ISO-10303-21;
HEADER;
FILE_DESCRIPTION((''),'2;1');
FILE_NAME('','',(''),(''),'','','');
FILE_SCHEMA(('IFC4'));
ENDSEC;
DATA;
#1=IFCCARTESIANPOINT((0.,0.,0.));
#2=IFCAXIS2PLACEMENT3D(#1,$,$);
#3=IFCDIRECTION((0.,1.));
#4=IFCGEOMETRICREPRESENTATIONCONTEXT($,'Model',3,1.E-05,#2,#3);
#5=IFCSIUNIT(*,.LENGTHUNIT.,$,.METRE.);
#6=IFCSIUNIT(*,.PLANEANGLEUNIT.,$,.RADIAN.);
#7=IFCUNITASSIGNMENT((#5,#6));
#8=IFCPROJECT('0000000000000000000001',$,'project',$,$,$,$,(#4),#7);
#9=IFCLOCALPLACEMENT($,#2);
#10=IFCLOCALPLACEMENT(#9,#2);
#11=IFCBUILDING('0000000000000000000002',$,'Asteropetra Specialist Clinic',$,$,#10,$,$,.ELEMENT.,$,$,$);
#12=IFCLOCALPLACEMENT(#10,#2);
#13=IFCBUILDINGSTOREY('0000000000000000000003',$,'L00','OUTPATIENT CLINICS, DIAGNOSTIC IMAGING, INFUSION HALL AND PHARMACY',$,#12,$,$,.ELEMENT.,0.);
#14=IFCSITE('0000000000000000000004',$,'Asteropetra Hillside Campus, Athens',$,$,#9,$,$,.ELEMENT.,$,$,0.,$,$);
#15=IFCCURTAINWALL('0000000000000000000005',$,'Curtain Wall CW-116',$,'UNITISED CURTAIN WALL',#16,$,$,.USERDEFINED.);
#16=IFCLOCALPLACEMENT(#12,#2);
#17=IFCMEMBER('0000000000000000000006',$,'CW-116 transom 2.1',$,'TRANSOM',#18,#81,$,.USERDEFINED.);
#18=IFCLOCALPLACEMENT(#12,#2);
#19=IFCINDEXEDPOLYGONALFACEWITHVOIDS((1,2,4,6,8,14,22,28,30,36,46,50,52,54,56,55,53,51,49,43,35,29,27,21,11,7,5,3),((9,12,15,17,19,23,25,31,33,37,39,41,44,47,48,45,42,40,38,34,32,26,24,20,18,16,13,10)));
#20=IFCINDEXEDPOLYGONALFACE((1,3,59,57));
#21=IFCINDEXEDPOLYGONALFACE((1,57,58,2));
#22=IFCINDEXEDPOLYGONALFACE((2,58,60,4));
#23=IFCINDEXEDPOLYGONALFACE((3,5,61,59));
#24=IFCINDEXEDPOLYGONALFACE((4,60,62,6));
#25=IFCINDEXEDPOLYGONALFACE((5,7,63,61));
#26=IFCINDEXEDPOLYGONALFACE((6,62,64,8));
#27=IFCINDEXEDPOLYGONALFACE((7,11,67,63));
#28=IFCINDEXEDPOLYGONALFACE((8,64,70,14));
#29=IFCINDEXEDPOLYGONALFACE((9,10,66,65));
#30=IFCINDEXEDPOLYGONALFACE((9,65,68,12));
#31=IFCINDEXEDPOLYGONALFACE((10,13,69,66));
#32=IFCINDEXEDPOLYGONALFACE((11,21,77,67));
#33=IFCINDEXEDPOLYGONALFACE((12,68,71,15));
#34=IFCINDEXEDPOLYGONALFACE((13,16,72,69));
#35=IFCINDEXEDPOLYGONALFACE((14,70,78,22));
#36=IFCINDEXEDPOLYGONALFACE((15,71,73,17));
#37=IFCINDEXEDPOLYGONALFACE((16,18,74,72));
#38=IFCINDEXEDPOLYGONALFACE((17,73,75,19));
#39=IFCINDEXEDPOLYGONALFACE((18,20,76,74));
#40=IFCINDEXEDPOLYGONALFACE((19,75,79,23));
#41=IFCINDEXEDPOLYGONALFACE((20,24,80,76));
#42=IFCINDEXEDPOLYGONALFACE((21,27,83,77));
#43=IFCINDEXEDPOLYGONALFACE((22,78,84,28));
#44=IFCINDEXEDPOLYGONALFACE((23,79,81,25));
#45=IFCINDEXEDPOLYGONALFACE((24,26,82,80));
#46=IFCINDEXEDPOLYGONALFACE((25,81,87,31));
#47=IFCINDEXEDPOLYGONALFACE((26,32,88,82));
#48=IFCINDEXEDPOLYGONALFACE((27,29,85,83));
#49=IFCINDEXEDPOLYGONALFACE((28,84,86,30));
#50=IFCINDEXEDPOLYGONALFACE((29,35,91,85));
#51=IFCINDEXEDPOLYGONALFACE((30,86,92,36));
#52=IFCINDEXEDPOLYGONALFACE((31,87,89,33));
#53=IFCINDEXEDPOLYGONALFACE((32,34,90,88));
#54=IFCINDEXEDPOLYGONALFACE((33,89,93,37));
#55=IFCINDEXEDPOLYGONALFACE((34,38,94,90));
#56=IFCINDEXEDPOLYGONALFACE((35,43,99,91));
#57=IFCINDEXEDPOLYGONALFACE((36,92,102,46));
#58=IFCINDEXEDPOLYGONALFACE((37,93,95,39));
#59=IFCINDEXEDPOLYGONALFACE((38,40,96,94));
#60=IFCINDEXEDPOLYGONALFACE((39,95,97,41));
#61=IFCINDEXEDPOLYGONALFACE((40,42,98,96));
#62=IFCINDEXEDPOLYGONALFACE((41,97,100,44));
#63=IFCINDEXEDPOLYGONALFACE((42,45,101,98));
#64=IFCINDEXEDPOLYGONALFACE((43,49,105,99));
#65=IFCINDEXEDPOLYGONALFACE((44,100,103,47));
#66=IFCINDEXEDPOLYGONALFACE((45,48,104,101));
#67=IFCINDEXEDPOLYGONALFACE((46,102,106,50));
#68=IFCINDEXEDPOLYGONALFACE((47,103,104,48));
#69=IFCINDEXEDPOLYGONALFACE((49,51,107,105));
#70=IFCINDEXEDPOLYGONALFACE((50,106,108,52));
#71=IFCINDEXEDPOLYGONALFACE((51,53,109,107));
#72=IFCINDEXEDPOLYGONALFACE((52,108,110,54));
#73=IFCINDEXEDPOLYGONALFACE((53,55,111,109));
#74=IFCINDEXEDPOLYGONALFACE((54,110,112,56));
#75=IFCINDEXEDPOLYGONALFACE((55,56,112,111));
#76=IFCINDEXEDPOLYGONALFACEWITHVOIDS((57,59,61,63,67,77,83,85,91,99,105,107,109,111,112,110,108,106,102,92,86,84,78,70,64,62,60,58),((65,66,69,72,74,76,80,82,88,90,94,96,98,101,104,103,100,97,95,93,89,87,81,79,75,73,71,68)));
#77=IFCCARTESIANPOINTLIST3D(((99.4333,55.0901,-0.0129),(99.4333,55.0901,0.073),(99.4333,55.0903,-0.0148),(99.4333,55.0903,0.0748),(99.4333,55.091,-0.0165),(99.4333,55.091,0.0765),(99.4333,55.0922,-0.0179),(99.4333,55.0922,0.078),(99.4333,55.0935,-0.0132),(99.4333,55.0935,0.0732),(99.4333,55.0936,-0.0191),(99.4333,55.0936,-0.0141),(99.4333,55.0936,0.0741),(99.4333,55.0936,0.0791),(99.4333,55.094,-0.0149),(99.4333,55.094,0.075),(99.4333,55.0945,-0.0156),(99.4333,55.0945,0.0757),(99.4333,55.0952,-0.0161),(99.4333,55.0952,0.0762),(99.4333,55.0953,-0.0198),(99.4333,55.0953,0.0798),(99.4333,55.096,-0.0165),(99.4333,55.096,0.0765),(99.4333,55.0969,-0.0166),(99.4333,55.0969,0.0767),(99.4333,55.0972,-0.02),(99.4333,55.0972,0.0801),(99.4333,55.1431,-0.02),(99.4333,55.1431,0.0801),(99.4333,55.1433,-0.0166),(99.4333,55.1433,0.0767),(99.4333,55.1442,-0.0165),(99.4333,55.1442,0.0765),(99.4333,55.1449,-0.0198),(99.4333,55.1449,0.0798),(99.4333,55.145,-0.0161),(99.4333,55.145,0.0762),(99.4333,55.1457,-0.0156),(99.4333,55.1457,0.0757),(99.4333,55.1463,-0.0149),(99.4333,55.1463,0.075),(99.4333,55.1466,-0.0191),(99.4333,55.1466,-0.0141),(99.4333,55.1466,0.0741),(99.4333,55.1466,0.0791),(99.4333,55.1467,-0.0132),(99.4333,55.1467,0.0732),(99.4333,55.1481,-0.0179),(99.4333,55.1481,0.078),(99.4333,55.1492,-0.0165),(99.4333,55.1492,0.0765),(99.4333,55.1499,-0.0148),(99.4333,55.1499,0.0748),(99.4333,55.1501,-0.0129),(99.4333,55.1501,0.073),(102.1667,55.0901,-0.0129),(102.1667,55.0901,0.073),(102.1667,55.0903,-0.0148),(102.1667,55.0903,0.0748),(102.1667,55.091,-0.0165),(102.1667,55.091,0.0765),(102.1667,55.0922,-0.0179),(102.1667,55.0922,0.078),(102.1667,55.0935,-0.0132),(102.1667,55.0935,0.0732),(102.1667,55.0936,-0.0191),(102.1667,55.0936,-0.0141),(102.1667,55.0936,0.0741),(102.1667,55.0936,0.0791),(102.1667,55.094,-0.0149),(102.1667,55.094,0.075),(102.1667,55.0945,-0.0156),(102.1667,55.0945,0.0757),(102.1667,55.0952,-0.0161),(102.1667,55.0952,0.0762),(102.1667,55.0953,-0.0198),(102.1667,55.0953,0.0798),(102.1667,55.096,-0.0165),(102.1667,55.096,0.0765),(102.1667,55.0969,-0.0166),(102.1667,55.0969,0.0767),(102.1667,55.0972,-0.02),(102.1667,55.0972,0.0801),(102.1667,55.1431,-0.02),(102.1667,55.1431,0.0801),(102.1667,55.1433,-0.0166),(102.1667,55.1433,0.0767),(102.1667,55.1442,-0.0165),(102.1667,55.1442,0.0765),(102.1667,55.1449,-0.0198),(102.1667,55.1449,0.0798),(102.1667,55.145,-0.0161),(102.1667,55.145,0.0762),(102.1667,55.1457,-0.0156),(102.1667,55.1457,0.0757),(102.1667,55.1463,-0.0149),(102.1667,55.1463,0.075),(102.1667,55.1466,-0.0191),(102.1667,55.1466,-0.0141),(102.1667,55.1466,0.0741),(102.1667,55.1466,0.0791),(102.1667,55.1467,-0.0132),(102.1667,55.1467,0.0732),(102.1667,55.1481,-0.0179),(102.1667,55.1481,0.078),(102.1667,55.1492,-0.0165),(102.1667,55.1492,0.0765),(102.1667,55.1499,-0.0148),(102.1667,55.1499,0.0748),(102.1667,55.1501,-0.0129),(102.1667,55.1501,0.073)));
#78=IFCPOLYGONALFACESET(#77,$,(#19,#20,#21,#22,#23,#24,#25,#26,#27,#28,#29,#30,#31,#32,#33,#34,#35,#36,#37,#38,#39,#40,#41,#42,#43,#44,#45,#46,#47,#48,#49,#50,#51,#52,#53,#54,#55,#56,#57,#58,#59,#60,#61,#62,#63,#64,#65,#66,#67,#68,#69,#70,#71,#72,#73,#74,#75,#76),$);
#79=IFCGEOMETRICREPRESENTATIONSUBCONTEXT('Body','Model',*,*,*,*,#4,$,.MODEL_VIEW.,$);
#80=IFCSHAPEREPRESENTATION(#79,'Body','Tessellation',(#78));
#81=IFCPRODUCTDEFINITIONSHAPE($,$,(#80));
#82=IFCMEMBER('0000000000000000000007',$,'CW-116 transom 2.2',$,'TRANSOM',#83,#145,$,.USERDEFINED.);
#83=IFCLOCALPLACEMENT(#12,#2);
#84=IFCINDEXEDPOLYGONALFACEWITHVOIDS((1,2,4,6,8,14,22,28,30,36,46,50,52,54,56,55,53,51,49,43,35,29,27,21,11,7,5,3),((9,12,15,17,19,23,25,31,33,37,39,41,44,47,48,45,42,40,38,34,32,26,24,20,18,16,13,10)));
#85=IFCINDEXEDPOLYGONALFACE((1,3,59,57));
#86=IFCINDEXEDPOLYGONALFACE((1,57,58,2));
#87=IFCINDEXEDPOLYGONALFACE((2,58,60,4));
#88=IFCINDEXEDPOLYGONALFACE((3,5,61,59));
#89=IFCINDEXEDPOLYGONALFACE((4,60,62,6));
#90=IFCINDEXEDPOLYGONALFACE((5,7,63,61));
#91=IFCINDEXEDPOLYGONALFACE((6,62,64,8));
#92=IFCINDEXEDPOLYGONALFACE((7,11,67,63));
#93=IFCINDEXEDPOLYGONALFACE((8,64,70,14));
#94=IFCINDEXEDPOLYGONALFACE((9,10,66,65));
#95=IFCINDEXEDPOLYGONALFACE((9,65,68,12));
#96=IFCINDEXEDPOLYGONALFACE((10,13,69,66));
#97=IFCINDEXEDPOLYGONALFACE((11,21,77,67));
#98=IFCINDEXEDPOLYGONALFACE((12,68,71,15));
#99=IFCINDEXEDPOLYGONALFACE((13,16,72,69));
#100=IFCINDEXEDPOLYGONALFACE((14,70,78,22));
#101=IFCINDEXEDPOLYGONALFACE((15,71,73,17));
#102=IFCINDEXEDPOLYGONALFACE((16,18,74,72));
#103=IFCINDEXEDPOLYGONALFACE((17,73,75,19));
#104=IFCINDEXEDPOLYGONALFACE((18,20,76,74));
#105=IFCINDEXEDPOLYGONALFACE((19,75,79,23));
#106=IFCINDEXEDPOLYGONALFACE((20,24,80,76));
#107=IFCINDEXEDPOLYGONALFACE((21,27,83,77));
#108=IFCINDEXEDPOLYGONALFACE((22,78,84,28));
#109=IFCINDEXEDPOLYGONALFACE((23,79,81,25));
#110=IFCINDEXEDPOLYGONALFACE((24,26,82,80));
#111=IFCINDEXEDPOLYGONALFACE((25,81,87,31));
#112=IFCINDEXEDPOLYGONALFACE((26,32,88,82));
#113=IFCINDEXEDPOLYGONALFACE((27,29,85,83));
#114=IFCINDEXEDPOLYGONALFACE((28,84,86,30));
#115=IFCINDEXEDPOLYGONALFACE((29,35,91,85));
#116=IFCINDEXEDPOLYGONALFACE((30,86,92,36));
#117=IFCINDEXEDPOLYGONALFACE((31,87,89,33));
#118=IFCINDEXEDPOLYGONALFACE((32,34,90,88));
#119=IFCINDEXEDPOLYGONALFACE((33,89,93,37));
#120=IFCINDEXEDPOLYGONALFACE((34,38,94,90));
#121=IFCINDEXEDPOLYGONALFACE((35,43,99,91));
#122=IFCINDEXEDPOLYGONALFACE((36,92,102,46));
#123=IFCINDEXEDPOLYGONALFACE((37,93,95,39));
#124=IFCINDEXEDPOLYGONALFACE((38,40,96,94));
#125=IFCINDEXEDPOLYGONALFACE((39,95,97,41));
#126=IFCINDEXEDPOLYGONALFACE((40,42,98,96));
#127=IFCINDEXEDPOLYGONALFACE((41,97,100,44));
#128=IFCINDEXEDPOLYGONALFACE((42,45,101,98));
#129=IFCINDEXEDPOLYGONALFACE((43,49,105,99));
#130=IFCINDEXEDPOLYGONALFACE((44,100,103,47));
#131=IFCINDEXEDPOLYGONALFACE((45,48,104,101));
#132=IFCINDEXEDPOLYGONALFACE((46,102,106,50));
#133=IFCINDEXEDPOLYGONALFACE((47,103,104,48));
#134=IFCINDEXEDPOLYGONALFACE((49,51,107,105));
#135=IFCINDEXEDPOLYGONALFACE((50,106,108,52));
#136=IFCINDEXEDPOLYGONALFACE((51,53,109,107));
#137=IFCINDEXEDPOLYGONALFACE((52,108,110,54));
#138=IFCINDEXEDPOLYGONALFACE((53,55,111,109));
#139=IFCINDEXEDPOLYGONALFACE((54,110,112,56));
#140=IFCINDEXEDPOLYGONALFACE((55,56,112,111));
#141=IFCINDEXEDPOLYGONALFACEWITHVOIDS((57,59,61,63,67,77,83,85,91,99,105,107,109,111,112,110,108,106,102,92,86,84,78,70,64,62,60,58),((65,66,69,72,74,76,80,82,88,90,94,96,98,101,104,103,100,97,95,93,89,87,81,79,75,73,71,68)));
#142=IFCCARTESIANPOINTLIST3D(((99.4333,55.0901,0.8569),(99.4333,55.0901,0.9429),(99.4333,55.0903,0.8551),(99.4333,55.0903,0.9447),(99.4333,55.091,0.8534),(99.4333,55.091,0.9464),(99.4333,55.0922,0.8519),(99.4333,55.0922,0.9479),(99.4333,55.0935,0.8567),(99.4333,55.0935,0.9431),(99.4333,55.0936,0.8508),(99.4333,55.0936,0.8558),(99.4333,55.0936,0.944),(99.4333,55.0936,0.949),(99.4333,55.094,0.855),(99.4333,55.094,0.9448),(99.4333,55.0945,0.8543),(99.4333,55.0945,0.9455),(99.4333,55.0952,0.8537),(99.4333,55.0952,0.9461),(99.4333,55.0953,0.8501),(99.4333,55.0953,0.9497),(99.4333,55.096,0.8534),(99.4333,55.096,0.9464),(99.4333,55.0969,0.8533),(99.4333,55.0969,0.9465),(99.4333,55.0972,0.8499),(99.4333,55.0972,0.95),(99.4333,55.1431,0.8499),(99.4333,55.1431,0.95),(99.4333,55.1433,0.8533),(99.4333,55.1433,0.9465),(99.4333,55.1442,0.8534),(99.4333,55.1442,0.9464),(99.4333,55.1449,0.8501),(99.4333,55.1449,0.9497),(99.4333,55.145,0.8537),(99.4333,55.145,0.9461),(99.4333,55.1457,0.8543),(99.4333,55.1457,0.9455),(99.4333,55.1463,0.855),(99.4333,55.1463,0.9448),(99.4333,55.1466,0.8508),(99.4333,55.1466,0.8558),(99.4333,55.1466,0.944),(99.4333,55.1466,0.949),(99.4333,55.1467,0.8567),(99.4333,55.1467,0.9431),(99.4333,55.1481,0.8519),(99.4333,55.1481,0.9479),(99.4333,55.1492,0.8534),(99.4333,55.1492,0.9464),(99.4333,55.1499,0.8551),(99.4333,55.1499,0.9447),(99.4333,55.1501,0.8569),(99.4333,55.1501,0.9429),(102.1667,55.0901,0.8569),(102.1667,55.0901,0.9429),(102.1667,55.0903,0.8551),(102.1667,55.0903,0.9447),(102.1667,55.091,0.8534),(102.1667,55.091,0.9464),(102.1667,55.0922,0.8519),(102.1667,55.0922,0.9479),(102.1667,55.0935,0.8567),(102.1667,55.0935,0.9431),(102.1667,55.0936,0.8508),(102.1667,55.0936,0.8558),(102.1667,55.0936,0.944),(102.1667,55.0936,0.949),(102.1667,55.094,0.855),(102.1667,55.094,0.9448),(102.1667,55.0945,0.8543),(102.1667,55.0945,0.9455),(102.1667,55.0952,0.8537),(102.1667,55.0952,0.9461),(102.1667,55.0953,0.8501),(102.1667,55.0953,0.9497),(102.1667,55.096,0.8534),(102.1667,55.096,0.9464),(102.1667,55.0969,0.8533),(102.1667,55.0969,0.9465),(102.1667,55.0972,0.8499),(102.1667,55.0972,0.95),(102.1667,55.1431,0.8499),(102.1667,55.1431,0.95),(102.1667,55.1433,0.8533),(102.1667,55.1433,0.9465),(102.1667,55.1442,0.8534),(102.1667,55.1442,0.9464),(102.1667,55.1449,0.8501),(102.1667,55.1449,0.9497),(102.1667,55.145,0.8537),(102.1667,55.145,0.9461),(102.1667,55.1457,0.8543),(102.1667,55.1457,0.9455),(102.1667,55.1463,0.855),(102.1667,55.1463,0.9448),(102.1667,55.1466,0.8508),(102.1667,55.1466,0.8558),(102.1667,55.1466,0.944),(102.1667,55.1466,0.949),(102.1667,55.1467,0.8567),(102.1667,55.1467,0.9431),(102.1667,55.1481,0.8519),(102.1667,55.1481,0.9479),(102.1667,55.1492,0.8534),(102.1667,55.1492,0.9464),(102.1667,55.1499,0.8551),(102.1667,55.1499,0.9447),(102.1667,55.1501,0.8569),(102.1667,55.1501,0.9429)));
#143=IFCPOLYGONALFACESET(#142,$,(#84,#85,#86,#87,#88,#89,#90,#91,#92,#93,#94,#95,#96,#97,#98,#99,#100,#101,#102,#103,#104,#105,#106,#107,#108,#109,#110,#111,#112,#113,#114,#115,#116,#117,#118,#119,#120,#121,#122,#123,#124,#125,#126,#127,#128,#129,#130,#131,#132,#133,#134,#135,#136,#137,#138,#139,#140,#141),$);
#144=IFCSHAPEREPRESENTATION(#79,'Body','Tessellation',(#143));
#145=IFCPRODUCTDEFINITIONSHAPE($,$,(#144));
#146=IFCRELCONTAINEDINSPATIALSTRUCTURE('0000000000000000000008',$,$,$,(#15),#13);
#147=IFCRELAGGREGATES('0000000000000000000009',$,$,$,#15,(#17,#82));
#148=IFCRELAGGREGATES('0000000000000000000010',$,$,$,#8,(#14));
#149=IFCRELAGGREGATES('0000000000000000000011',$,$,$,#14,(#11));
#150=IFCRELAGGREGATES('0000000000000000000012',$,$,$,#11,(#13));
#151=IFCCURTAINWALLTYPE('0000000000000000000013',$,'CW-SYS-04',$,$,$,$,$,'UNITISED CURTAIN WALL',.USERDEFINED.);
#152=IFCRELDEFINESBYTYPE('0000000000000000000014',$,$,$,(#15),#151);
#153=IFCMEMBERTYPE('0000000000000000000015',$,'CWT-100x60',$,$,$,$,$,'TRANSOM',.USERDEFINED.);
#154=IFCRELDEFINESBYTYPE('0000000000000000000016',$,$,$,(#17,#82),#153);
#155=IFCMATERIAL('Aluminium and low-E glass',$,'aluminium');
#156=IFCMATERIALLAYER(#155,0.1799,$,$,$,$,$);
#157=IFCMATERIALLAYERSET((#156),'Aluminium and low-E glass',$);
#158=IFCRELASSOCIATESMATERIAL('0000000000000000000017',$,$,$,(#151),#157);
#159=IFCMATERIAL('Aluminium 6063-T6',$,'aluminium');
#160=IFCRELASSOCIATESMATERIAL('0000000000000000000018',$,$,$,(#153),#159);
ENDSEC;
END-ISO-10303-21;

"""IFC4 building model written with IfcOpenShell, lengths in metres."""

from ifc_helpers import new_model, si_unit, direction, frame, origin, origin_2d, place, context, subcontext, project, spatial, hollow_rectangle, extrude, material, layer, layer_set, material_profile, profile_set, type_object, element, aggregate, save


model = new_model("IFC4")

# Units and contexts
model_context = context("Model", 3, precision=1e-05, world=origin(), true_north=direction((0.0, 1.0)))
body_context = subcontext(model_context, "Body", "Model", "MODEL_VIEW")
ifc_project = project(units=[si_unit("LENGTHUNIT", "METRE"), si_unit("PLANEANGLEUNIT", "RADIAN")], contexts=[model_context])

# Site, building, storey
site_placement = place(None, origin())
site = spatial("IfcSite", under=ifc_project, at=site_placement, Name="Asteropetra Hillside Campus, Athens", CompositionType="ELEMENT", RefElevation=0.0)
building_placement = place(site_placement, origin())
building = spatial("IfcBuilding", under=site, at=building_placement, Name="Asteropetra Specialist Clinic", CompositionType="ELEMENT")
storey_placement = place(building_placement, origin())
storey = spatial("IfcBuildingStorey", under=building, at=storey_placement, Name="L00", Description="OUTPATIENT CLINICS, DIAGNOSTIC IMAGING, INFUSION HALL AND PHARMACY", CompositionType="ELEMENT", Elevation=0.0)

# Curtain wall
ifc_material_1 = material(Name="Aluminium and low-E glass", Category="aluminium")
ifc_layer_1 = layer(ifc_material_1, 0.1799)
ifc_layer_set_1 = layer_set([ifc_layer_1], Name="Aluminium and low-E glass")
curtain_wall_type_1 = type_object("IfcCurtainWallType", Name="CW-SYS-04", ElementType="UNITISED CURTAIN WALL", PredefinedType="USERDEFINED", material=ifc_layer_set_1)
curtain_wall_1_placement = place(storey_placement, origin())
curtain_wall_1 = element("IfcCurtainWall", 1, at=curtain_wall_1_placement, inside=storey, type_object=curtain_wall_type_1, Name="Curtain Wall CW-116", ObjectType="UNITISED CURTAIN WALL", PredefinedType="USERDEFINED")

# Members
ifc_material_2 = material(Name="Aluminium 6063-T6", Category="aluminium")
ifc_material_profile_1 = material_profile(ifc_material_2, hollow_rectangle(XDim=0.0601, YDim=0.1001, WallThickness=0.0034, InnerFilletRadius=0.0034, OuterFilletRadius=0.0071, at=origin_2d()), Name="TRN 100x60x3.5")
ifc_profile_set_1 = profile_set([ifc_material_profile_1], Name="Aluminium 6063-T6")
member_type_1 = type_object("IfcMemberType", Name="CWT-100x60", ElementType="TRANSOM", PredefinedType="USERDEFINED", material=ifc_profile_set_1)
member_1_placement = place(storey_placement, frame((102.1667, 55.1201, 0.03), z_axis=(-1.0, 0.0, 0.0), x_axis=(0.0, -1.0, 0.0)))
member_1 = element("IfcMember", 2, at=member_1_placement, type_object=member_type_1, Name="CW-116 transom 2.1", ObjectType="TRANSOM", PredefinedType="USERDEFINED", context=body_context, shape_type="SweptSolid", body=[
    extrude(hollow_rectangle(XDim=0.0601, YDim=0.1001, WallThickness=0.0034, InnerFilletRadius=0.0034, OuterFilletRadius=0.0071, at=origin_2d()), origin(), (0.0, 0.0, 1.0), 2.7334),
])
member_2_placement = place(storey_placement, frame((102.1667, 55.1201, 0.8999), z_axis=(-1.0, 0.0, 0.0), x_axis=(0.0, -1.0, 0.0)))
member_2 = element("IfcMember", 3, at=member_2_placement, type_object=member_type_1, Name="CW-116 transom 2.2", ObjectType="TRANSOM", PredefinedType="USERDEFINED", context=body_context, shape_type="SweptSolid", body=[
    extrude(hollow_rectangle(XDim=0.0601, YDim=0.1001, WallThickness=0.0034, InnerFilletRadius=0.0034, OuterFilletRadius=0.0071, at=origin_2d()), origin(), (0.0, 0.0, 1.0), 2.7334),
])

aggregate(curtain_wall_1, [member_1, member_2])

save(model, "model.ifc")
